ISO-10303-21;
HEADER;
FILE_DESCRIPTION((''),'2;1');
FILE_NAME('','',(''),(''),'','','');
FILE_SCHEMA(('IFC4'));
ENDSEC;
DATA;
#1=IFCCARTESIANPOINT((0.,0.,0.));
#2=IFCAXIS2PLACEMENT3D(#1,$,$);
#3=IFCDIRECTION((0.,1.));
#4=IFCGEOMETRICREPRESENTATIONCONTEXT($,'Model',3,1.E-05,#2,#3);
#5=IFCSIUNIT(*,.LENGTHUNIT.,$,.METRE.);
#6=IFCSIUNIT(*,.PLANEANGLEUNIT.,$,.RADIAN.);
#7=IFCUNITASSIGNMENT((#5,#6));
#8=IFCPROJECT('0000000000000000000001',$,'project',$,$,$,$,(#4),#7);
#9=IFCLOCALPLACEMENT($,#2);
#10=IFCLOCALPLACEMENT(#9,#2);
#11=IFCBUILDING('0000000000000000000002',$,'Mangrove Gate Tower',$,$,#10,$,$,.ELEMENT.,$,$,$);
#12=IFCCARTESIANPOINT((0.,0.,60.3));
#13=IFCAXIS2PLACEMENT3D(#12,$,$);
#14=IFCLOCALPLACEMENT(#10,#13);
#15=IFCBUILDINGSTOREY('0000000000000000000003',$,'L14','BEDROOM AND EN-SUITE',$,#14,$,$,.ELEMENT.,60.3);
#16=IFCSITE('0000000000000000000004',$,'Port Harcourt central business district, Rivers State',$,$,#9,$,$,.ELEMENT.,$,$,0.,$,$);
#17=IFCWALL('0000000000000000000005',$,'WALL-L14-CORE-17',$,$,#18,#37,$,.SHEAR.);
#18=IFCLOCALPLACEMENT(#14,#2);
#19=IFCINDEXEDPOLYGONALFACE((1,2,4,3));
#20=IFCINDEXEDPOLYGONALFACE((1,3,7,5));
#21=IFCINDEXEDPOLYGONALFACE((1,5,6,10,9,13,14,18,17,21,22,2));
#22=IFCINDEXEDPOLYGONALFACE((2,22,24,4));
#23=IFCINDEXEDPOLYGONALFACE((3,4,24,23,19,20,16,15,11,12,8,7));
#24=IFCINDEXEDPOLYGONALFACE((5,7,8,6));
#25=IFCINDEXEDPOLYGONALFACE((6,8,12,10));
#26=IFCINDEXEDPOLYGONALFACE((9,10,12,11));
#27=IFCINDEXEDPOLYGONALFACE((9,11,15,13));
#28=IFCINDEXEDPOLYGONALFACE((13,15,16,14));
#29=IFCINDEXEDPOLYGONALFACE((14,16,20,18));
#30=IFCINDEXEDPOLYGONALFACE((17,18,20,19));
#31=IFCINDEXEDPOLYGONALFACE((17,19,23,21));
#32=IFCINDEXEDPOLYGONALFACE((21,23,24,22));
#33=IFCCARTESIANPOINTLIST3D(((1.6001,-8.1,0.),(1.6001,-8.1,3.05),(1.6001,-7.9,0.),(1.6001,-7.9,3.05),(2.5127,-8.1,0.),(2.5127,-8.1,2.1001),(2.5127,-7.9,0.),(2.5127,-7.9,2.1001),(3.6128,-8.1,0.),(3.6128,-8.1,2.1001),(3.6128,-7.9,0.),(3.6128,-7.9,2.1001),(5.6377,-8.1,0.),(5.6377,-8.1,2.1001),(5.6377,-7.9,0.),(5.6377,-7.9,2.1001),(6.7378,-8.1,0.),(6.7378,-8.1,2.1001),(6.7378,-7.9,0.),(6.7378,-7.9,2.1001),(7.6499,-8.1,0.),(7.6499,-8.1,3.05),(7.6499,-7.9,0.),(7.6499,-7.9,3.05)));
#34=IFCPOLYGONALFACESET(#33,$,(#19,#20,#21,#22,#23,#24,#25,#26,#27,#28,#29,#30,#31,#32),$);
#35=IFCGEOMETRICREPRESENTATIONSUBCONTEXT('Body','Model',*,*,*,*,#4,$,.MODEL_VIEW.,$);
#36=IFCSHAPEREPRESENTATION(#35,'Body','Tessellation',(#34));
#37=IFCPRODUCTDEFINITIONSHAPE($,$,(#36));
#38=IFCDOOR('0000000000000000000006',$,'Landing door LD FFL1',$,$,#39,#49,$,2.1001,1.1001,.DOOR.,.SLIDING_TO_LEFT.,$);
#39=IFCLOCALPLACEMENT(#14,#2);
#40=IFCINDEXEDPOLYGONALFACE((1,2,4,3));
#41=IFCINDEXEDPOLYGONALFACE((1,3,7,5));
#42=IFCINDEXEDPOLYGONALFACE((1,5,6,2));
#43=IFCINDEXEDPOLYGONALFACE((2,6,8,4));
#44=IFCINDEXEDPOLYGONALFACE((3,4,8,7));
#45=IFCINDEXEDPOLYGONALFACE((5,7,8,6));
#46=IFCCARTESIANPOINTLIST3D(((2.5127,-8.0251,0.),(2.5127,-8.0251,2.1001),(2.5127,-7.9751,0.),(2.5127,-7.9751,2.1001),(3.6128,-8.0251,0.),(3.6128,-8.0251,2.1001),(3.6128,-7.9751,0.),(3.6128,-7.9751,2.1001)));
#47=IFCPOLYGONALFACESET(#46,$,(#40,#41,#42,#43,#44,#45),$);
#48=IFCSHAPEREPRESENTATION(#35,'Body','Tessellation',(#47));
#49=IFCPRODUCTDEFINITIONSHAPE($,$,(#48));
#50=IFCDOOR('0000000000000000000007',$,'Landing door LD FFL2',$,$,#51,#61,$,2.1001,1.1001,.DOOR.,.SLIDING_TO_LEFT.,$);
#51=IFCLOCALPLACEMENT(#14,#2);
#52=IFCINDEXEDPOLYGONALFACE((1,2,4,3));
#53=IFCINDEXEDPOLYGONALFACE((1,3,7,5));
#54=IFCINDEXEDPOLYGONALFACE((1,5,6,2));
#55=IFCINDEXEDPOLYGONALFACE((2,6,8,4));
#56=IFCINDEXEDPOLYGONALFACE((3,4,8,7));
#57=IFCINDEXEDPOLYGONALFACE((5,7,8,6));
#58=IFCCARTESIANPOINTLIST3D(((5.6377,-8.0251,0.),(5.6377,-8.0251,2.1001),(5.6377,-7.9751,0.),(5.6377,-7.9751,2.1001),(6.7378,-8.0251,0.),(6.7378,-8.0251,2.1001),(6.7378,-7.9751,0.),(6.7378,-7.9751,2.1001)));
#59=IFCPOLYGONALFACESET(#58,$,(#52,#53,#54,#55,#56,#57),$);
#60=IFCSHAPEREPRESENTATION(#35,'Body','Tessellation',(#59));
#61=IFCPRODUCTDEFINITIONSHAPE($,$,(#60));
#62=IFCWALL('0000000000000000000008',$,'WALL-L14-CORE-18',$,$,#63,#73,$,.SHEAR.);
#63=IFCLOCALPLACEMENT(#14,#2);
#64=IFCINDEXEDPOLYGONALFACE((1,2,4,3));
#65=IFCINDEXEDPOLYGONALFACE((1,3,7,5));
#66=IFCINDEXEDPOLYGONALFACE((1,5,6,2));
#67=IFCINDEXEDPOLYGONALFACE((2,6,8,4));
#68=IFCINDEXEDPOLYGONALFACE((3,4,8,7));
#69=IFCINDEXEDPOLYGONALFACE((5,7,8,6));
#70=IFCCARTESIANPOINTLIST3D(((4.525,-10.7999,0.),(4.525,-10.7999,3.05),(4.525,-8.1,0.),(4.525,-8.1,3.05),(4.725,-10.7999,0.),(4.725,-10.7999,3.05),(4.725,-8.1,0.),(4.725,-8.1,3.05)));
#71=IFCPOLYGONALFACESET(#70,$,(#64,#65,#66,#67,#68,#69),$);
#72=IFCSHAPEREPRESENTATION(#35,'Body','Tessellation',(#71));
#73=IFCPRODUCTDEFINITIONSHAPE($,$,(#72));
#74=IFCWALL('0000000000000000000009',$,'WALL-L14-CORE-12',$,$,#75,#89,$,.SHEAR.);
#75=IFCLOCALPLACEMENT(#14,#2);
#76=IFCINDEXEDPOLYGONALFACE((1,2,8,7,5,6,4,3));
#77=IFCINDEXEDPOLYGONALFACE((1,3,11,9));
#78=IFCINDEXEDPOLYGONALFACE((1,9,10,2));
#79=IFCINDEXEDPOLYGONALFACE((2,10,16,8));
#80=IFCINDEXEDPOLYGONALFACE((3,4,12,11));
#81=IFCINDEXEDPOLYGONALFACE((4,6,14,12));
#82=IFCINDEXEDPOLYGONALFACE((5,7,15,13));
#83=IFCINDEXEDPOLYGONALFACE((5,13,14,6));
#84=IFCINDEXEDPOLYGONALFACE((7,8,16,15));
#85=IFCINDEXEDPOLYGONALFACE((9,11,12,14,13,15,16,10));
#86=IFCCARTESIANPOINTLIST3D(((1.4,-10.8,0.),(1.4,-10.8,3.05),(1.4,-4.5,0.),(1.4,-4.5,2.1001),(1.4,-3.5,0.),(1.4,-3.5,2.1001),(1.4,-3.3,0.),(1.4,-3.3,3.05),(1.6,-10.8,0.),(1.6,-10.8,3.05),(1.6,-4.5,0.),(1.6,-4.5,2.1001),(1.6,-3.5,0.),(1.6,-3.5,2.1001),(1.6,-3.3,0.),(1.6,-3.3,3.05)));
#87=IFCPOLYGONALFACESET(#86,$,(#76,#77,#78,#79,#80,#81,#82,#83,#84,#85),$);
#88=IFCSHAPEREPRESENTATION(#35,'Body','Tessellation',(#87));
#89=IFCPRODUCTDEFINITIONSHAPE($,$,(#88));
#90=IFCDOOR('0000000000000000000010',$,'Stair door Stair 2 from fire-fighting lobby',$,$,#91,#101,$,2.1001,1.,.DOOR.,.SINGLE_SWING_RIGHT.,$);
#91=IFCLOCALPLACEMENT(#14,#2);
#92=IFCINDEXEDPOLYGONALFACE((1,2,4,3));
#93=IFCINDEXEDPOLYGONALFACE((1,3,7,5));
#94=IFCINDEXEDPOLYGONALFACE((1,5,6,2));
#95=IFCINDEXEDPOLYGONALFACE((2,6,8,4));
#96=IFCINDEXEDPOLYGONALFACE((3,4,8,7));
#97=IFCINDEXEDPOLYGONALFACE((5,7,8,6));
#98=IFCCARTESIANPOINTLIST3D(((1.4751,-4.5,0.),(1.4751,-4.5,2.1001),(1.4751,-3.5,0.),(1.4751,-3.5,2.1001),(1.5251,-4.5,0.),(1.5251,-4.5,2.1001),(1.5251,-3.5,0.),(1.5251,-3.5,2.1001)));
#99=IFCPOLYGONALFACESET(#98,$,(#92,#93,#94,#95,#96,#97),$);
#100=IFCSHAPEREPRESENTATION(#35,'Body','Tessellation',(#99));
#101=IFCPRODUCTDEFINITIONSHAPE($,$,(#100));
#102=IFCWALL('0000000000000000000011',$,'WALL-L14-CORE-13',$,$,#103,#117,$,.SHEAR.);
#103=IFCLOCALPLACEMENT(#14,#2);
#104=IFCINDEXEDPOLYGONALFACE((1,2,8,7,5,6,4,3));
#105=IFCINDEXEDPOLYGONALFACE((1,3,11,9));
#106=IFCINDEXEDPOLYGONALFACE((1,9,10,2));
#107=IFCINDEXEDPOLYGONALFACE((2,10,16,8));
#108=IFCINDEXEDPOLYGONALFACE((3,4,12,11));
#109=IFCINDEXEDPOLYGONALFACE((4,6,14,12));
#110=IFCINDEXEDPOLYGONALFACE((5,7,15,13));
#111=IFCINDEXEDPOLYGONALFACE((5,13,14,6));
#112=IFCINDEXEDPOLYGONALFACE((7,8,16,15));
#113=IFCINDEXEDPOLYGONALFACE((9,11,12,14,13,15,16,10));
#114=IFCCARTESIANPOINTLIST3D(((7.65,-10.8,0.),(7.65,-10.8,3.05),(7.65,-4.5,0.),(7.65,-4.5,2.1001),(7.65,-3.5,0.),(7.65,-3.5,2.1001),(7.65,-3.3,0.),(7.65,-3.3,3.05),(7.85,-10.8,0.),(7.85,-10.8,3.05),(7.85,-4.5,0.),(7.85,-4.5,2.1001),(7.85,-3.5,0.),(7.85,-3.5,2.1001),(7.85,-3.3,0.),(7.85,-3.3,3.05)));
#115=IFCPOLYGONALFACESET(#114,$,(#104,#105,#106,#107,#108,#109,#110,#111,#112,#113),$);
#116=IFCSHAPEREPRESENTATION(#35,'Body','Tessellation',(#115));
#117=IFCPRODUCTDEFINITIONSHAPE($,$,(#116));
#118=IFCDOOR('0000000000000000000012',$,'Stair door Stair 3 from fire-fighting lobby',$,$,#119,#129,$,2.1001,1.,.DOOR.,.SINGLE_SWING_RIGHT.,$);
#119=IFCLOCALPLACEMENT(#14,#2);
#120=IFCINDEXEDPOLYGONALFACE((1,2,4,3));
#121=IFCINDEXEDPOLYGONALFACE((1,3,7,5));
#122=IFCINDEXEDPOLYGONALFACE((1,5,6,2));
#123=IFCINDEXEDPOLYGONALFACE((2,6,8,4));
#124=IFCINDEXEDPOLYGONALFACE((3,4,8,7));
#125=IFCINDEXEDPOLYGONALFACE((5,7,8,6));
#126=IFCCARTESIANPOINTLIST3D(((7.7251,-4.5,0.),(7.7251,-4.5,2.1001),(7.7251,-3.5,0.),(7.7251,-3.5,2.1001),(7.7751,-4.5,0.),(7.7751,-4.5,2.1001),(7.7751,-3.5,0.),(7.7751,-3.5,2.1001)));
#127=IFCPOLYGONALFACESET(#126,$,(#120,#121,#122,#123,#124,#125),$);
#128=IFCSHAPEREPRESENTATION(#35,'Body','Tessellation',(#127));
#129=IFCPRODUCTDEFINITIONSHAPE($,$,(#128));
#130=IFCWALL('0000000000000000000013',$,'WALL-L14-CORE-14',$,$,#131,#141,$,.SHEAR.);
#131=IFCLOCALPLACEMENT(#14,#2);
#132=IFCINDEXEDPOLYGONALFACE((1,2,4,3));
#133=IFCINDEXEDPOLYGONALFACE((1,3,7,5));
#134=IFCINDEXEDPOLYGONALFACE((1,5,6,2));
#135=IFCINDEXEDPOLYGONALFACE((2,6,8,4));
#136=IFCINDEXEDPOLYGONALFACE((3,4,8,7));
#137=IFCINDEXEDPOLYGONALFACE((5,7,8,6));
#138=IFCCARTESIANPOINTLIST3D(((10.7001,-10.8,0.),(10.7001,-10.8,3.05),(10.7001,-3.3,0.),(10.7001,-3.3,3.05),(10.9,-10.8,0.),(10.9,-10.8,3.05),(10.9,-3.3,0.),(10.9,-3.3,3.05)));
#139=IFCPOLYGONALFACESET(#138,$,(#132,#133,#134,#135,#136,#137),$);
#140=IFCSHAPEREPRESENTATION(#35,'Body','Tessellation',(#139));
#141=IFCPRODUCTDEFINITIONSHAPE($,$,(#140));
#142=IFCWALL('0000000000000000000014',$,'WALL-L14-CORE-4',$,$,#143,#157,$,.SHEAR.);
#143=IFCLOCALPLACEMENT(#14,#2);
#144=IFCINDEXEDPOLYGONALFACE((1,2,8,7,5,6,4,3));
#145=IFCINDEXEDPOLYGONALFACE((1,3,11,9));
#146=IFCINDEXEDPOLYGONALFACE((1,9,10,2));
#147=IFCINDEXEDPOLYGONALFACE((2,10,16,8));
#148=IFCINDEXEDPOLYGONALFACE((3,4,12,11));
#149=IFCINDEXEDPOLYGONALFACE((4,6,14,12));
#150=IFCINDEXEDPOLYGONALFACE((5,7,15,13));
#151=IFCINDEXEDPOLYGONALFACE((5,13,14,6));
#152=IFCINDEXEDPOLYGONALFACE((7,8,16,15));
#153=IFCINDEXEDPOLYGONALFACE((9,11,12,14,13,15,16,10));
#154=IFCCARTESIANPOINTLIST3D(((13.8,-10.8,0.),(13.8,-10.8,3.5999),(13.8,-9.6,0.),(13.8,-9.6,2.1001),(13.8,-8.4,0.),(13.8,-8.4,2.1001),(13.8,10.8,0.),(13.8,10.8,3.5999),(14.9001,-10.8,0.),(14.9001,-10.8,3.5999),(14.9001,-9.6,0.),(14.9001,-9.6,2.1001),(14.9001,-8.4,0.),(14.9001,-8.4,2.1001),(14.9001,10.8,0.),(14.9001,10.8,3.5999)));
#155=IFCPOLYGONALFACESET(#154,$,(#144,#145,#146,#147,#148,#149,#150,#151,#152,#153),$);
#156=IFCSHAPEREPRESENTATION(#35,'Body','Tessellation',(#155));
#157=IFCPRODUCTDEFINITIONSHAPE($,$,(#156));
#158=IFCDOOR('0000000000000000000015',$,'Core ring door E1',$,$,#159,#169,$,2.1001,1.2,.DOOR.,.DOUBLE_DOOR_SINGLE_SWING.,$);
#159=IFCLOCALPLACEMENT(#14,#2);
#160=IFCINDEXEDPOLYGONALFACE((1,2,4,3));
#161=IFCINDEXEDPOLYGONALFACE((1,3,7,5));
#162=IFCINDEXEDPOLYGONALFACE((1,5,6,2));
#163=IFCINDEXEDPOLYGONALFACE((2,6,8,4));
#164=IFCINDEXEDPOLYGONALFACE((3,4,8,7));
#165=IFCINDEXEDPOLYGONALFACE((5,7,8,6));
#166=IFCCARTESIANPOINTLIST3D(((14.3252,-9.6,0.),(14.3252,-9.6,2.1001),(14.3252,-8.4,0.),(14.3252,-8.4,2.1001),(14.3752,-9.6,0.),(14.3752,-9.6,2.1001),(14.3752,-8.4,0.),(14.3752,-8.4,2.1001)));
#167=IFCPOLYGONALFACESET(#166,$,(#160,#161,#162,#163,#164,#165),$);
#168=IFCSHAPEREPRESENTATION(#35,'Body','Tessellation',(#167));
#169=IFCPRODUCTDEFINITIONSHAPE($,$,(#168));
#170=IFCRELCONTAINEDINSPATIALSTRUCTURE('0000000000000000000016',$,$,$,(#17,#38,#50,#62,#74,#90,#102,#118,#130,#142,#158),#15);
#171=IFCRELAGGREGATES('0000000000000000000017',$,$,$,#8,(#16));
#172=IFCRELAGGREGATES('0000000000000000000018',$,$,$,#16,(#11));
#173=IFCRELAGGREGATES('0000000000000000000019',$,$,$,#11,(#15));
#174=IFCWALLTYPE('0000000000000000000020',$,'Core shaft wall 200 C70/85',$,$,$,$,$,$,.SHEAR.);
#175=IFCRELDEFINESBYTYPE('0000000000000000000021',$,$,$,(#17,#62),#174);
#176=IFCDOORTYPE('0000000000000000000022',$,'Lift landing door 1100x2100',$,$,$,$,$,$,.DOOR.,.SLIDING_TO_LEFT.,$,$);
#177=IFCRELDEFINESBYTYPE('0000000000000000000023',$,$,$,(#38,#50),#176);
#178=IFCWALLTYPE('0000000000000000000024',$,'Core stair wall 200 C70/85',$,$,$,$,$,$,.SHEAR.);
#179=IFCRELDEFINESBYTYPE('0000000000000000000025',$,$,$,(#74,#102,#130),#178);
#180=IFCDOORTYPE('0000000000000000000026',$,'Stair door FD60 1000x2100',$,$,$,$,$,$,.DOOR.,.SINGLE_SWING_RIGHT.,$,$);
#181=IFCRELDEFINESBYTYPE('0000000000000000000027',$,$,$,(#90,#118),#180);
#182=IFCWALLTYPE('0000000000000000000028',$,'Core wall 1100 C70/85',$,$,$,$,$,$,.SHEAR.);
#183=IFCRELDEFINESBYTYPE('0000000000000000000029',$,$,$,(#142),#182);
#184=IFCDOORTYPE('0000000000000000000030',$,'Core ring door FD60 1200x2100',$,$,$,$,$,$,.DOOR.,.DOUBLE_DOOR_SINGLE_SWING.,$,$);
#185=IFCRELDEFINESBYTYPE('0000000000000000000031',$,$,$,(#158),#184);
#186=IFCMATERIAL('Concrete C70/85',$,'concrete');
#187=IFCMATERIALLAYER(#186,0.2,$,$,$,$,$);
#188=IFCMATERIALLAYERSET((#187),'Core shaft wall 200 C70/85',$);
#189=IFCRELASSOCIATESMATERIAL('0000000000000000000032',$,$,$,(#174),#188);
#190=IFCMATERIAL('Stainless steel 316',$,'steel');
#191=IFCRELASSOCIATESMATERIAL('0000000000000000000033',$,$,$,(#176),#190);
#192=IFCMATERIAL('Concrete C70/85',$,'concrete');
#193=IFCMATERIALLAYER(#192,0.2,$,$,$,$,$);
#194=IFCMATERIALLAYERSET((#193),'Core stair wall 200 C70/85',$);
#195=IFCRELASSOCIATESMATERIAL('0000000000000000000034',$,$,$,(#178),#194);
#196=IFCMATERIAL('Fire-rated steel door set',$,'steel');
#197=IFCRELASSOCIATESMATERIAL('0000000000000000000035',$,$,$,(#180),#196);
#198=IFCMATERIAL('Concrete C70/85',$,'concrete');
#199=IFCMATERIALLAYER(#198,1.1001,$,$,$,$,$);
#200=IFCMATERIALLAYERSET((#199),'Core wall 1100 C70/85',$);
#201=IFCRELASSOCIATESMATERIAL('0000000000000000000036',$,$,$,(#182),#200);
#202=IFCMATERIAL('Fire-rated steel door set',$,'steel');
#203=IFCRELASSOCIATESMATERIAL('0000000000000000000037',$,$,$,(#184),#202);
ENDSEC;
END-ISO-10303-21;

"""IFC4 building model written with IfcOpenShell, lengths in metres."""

from ifc_helpers import new_model, si_unit, direction, frame, frame_2d, origin, place, context, subcontext, project, spatial, rectangle, extrude, material, layer, layer_set, type_object, element, fill, save


model = new_model("IFC4")

# Units and contexts
model_context = context("Model", 3, precision=1e-05, world=origin(), true_north=direction((0.0, 1.0)))
body_context = subcontext(model_context, "Body", "Model", "MODEL_VIEW")
ifc_project = project(units=[si_unit("LENGTHUNIT", "METRE"), si_unit("PLANEANGLEUNIT", "RADIAN")], contexts=[model_context])

# Site, building, storey
site_placement = place(None, origin())
site = spatial("IfcSite", under=ifc_project, at=site_placement, Name="Port Harcourt central business district, Rivers State", CompositionType="ELEMENT", RefElevation=0.0)
building_placement = place(site_placement, origin())
building = spatial("IfcBuilding", under=site, at=building_placement, Name="Mangrove Gate Tower", CompositionType="ELEMENT")
storey_placement = place(building_placement, frame((0.0, 0.0, 60.3)))
storey = spatial("IfcBuildingStorey", under=building, at=storey_placement, Name="L14", Description="BEDROOM AND EN-SUITE", CompositionType="ELEMENT", Elevation=60.3)

# Wall, openings, doors
ifc_material_1 = material(Name="Concrete C70/85", Category="concrete")
ifc_layer_1 = layer(ifc_material_1, 0.2)
ifc_layer_set_1 = layer_set([ifc_layer_1], Name="Core shaft wall 200 C70/85")
wall_type_1 = type_object("IfcWallType", Name="Core shaft wall 200 C70/85", PredefinedType="SHEAR", material=ifc_layer_set_1)
wall_1_placement = place(storey_placement, frame((1.6001, -8.0, 0.0), z_axis=(0.0, 0.0, 1.0), x_axis=(1.0, 0.0, 0.0)))
wall_1 = element("IfcWall", 1, at=wall_1_placement, inside=storey, type_object=wall_type_1, Name="WALL-L14-CORE-17", PredefinedType="SHEAR", context=body_context, shape_type="SweptSolid", body=[
    extrude(rectangle(XDim=6.0498, YDim=0.2, at=frame_2d((3.0249, 0.0))), origin(), (0.0, 0.0, 1.0), 3.05),
])
opening_1_placement = place(wall_1_placement, frame((0.9126, 0.0, 0.0)))
opening_1 = element("IfcOpeningElement", 2, at=opening_1_placement, cuts=wall_1, PredefinedType="OPENING", context=body_context, shape_type="SweptSolid", body=[
    extrude(rectangle(XDim=1.1001, YDim=2.1001, at=frame_2d((0.55, 1.05))), frame((0.0, 0.1099, 0.0), z_axis=(0.0, -1.0, 0.0), x_axis=(1.0, 0.0, 0.0)), (0.0, 0.0, 1.0), 0.22),
])
opening_2_placement = place(wall_1_placement, frame((4.0376, 0.0, 0.0)))
opening_2 = element("IfcOpeningElement", 3, at=opening_2_placement, cuts=wall_1, PredefinedType="OPENING", context=body_context, shape_type="SweptSolid", body=[
    extrude(rectangle(XDim=1.1001, YDim=2.1001, at=frame_2d((0.55, 1.05))), frame((0.0, 0.1099, 0.0), z_axis=(0.0, -1.0, 0.0), x_axis=(1.0, 0.0, 0.0)), (0.0, 0.0, 1.0), 0.22),
])
ifc_material_2 = material(Name="Stainless steel 316", Category="steel")
door_type_1 = type_object("IfcDoorType", Name="Lift landing door 1100x2100", OperationType="SLIDING_TO_LEFT", PredefinedType="DOOR", material=ifc_material_2)
door_1_placement = place(opening_1_placement, origin())
door_1 = element("IfcDoor", 4, at=door_1_placement, inside=storey, type_object=door_type_1, Name="Landing door LD FFL1", OperationType="SLIDING_TO_LEFT", OverallHeight=2.1001, OverallWidth=1.1001, PredefinedType="DOOR", context=body_context, shape_type="SweptSolid", body=[
    extrude(rectangle(XDim=1.1001, YDim=2.1001, at=frame_2d((0.55, 1.05))), frame((0.0, 0.0249, 0.0), z_axis=(0.0, -1.0, 0.0), x_axis=(1.0, 0.0, 0.0)), (0.0, 0.0, 1.0), 0.05),
])
fill(opening_1, door_1)
door_2_placement = place(opening_2_placement, origin())
door_2 = element("IfcDoor", 5, at=door_2_placement, inside=storey, type_object=door_type_1, Name="Landing door LD FFL2", OperationType="SLIDING_TO_LEFT", OverallHeight=2.1001, OverallWidth=1.1001, PredefinedType="DOOR", context=body_context, shape_type="SweptSolid", body=[
    extrude(rectangle(XDim=1.1001, YDim=2.1001, at=frame_2d((0.55, 1.05))), frame((0.0, 0.0249, 0.0), z_axis=(0.0, -1.0, 0.0), x_axis=(1.0, 0.0, 0.0)), (0.0, 0.0, 1.0), 0.05),
])
fill(opening_2, door_2)

# Wall
wall_2_placement = place(storey_placement, frame((4.625, -10.8, 0.0), z_axis=(0.0, 0.0, 1.0), x_axis=(0.0, 1.0, 0.0)))
element("IfcWall", 6, at=wall_2_placement, inside=storey, type_object=wall_type_1, Name="WALL-L14-CORE-18", PredefinedType="SHEAR", context=body_context, shape_type="SweptSolid", body=[
    extrude(rectangle(XDim=2.7, YDim=0.2, at=frame_2d((1.3501, 0.0))), origin(), (0.0, 0.0, 1.0), 3.05),
])

# Walls, openings, doors
ifc_material_3 = material(Name="Concrete C70/85", Category="concrete")
ifc_layer_2 = layer(ifc_material_3, 0.2)
ifc_layer_set_2 = layer_set([ifc_layer_2], Name="Core stair wall 200 C70/85")
wall_type_2 = type_object("IfcWallType", Name="Core stair wall 200 C70/85", PredefinedType="SHEAR", material=ifc_layer_set_2)
wall_3_placement = place(storey_placement, frame((1.5, -10.8, 0.0), z_axis=(0.0, 0.0, 1.0), x_axis=(0.0, 1.0, 0.0)))
wall_3 = element("IfcWall", 7, at=wall_3_placement, inside=storey, type_object=wall_type_2, Name="WALL-L14-CORE-12", PredefinedType="SHEAR", context=body_context, shape_type="SweptSolid", body=[
    extrude(rectangle(XDim=7.5, YDim=0.2, at=frame_2d((3.75, 0.0))), origin(), (0.0, 0.0, 1.0), 3.05),
])
opening_3_placement = place(wall_3_placement, frame((6.3, 0.0, 0.0)))
opening_3 = element("IfcOpeningElement", 8, at=opening_3_placement, cuts=wall_3, PredefinedType="OPENING", context=body_context, shape_type="SweptSolid", body=[
    extrude(rectangle(XDim=1.0, YDim=2.1001, at=frame_2d((0.5, 1.05))), frame((0.0, 0.1099, 0.0), z_axis=(0.0, -1.0, 0.0), x_axis=(1.0, 0.0, 0.0)), (0.0, 0.0, 1.0), 0.22),
])
ifc_material_4 = material(Name="Fire-rated steel door set", Category="steel")
door_type_2 = type_object("IfcDoorType", Name="Stair door FD60 1000x2100", OperationType="SINGLE_SWING_RIGHT", PredefinedType="DOOR", material=ifc_material_4)
door_3_placement = place(opening_3_placement, origin())
door_3 = element("IfcDoor", 9, at=door_3_placement, inside=storey, type_object=door_type_2, Name="Stair door Stair 2 from fire-fighting lobby", OperationType="SINGLE_SWING_RIGHT", OverallHeight=2.1001, OverallWidth=1.0, PredefinedType="DOOR", context=body_context, shape_type="SweptSolid", body=[
    extrude(rectangle(XDim=1.0, YDim=2.1001, at=frame_2d((0.5, 1.05))), frame((0.0, 0.0249, 0.0), z_axis=(0.0, -1.0, 0.0), x_axis=(1.0, 0.0, 0.0)), (0.0, 0.0, 1.0), 0.05),
])
fill(opening_3, door_3)
wall_4_placement = place(storey_placement, frame((7.75, -10.8, 0.0), z_axis=(0.0, 0.0, 1.0), x_axis=(0.0, 1.0, 0.0)))
wall_4 = element("IfcWall", 10, at=wall_4_placement, inside=storey, type_object=wall_type_2, Name="WALL-L14-CORE-13", PredefinedType="SHEAR", context=body_context, shape_type="SweptSolid", body=[
    extrude(rectangle(XDim=7.5, YDim=0.2, at=frame_2d((3.75, 0.0))), origin(), (0.0, 0.0, 1.0), 3.05),
])
opening_4_placement = place(wall_4_placement, frame((6.3, 0.0, 0.0)))
opening_4 = element("IfcOpeningElement", 11, at=opening_4_placement, cuts=wall_4, PredefinedType="OPENING", context=body_context, shape_type="SweptSolid", body=[
    extrude(rectangle(XDim=1.0, YDim=2.1001, at=frame_2d((0.5, 1.05))), frame((0.0, 0.1099, 0.0), z_axis=(0.0, -1.0, 0.0), x_axis=(1.0, 0.0, 0.0)), (0.0, 0.0, 1.0), 0.22),
])
door_4_placement = place(opening_4_placement, origin())
door_4 = element("IfcDoor", 12, at=door_4_placement, inside=storey, type_object=door_type_2, Name="Stair door Stair 3 from fire-fighting lobby", OperationType="SINGLE_SWING_RIGHT", OverallHeight=2.1001, OverallWidth=1.0, PredefinedType="DOOR", context=body_context, shape_type="SweptSolid", body=[
    extrude(rectangle(XDim=1.0, YDim=2.1001, at=frame_2d((0.5, 1.05))), frame((0.0, 0.0249, 0.0), z_axis=(0.0, -1.0, 0.0), x_axis=(1.0, 0.0, 0.0)), (0.0, 0.0, 1.0), 0.05),
])
fill(opening_4, door_4)

# Wall
wall_5_placement = place(storey_placement, frame((10.8, -10.8, 0.0), z_axis=(0.0, 0.0, 1.0), x_axis=(0.0, 1.0, 0.0)))
element("IfcWall", 13, at=wall_5_placement, inside=storey, type_object=wall_type_2, Name="WALL-L14-CORE-14", PredefinedType="SHEAR", context=body_context, shape_type="SweptSolid", body=[
    extrude(rectangle(XDim=7.5, YDim=0.2, at=frame_2d((3.75, 0.0))), origin(), (0.0, 0.0, 1.0), 3.05),
])

# Wall, opening, door
ifc_material_5 = material(Name="Concrete C70/85", Category="concrete")
ifc_layer_3 = layer(ifc_material_5, 1.1001)
ifc_layer_set_3 = layer_set([ifc_layer_3], Name="Core wall 1100 C70/85")
wall_type_3 = type_object("IfcWallType", Name="Core wall 1100 C70/85", PredefinedType="SHEAR", material=ifc_layer_set_3)
wall_6_placement = place(storey_placement, frame((14.3501, -10.8, 0.0), z_axis=(0.0, 0.0, 1.0), x_axis=(0.0, 1.0, 0.0)))
wall_6 = element("IfcWall", 14, at=wall_6_placement, inside=storey, type_object=wall_type_3, Name="WALL-L14-CORE-4", PredefinedType="SHEAR", context=body_context, shape_type="SweptSolid", body=[
    extrude(rectangle(XDim=21.6001, YDim=1.1001, at=frame_2d((10.8, 0.0))), origin(), (0.0, 0.0, 1.0), 3.5999),
])
opening_5_placement = place(wall_6_placement, frame((1.2, 0.0, 0.0)))
opening_5 = element("IfcOpeningElement", 15, at=opening_5_placement, cuts=wall_6, PredefinedType="OPENING", context=body_context, shape_type="SweptSolid", body=[
    extrude(rectangle(XDim=1.2, YDim=2.1001, at=frame_2d((0.6001, 1.05))), frame((0.0, 0.5601, 0.0), z_axis=(0.0, -1.0, 0.0), x_axis=(1.0, 0.0, 0.0)), (0.0, 0.0, 1.0), 1.1201),
])
ifc_material_6 = material(Name="Fire-rated steel door set", Category="steel")
door_type_3 = type_object("IfcDoorType", Name="Core ring door FD60 1200x2100", OperationType="DOUBLE_DOOR_SINGLE_SWING", PredefinedType="DOOR", material=ifc_material_6)
door_5_placement = place(opening_5_placement, origin())
door_5 = element("IfcDoor", 16, at=door_5_placement, inside=storey, type_object=door_type_3, Name="Core ring door E1", OperationType="DOUBLE_DOOR_SINGLE_SWING", OverallHeight=2.1001, OverallWidth=1.2, PredefinedType="DOOR", context=body_context, shape_type="SweptSolid", body=[
    extrude(rectangle(XDim=1.2, YDim=2.1001, at=frame_2d((0.6001, 1.05))), frame((0.0, 0.0249, 0.0), z_axis=(0.0, -1.0, 0.0), x_axis=(1.0, 0.0, 0.0)), (0.0, 0.0, 1.0), 0.05),
])
fill(opening_5, door_5)

save(model, "model.ifc")
